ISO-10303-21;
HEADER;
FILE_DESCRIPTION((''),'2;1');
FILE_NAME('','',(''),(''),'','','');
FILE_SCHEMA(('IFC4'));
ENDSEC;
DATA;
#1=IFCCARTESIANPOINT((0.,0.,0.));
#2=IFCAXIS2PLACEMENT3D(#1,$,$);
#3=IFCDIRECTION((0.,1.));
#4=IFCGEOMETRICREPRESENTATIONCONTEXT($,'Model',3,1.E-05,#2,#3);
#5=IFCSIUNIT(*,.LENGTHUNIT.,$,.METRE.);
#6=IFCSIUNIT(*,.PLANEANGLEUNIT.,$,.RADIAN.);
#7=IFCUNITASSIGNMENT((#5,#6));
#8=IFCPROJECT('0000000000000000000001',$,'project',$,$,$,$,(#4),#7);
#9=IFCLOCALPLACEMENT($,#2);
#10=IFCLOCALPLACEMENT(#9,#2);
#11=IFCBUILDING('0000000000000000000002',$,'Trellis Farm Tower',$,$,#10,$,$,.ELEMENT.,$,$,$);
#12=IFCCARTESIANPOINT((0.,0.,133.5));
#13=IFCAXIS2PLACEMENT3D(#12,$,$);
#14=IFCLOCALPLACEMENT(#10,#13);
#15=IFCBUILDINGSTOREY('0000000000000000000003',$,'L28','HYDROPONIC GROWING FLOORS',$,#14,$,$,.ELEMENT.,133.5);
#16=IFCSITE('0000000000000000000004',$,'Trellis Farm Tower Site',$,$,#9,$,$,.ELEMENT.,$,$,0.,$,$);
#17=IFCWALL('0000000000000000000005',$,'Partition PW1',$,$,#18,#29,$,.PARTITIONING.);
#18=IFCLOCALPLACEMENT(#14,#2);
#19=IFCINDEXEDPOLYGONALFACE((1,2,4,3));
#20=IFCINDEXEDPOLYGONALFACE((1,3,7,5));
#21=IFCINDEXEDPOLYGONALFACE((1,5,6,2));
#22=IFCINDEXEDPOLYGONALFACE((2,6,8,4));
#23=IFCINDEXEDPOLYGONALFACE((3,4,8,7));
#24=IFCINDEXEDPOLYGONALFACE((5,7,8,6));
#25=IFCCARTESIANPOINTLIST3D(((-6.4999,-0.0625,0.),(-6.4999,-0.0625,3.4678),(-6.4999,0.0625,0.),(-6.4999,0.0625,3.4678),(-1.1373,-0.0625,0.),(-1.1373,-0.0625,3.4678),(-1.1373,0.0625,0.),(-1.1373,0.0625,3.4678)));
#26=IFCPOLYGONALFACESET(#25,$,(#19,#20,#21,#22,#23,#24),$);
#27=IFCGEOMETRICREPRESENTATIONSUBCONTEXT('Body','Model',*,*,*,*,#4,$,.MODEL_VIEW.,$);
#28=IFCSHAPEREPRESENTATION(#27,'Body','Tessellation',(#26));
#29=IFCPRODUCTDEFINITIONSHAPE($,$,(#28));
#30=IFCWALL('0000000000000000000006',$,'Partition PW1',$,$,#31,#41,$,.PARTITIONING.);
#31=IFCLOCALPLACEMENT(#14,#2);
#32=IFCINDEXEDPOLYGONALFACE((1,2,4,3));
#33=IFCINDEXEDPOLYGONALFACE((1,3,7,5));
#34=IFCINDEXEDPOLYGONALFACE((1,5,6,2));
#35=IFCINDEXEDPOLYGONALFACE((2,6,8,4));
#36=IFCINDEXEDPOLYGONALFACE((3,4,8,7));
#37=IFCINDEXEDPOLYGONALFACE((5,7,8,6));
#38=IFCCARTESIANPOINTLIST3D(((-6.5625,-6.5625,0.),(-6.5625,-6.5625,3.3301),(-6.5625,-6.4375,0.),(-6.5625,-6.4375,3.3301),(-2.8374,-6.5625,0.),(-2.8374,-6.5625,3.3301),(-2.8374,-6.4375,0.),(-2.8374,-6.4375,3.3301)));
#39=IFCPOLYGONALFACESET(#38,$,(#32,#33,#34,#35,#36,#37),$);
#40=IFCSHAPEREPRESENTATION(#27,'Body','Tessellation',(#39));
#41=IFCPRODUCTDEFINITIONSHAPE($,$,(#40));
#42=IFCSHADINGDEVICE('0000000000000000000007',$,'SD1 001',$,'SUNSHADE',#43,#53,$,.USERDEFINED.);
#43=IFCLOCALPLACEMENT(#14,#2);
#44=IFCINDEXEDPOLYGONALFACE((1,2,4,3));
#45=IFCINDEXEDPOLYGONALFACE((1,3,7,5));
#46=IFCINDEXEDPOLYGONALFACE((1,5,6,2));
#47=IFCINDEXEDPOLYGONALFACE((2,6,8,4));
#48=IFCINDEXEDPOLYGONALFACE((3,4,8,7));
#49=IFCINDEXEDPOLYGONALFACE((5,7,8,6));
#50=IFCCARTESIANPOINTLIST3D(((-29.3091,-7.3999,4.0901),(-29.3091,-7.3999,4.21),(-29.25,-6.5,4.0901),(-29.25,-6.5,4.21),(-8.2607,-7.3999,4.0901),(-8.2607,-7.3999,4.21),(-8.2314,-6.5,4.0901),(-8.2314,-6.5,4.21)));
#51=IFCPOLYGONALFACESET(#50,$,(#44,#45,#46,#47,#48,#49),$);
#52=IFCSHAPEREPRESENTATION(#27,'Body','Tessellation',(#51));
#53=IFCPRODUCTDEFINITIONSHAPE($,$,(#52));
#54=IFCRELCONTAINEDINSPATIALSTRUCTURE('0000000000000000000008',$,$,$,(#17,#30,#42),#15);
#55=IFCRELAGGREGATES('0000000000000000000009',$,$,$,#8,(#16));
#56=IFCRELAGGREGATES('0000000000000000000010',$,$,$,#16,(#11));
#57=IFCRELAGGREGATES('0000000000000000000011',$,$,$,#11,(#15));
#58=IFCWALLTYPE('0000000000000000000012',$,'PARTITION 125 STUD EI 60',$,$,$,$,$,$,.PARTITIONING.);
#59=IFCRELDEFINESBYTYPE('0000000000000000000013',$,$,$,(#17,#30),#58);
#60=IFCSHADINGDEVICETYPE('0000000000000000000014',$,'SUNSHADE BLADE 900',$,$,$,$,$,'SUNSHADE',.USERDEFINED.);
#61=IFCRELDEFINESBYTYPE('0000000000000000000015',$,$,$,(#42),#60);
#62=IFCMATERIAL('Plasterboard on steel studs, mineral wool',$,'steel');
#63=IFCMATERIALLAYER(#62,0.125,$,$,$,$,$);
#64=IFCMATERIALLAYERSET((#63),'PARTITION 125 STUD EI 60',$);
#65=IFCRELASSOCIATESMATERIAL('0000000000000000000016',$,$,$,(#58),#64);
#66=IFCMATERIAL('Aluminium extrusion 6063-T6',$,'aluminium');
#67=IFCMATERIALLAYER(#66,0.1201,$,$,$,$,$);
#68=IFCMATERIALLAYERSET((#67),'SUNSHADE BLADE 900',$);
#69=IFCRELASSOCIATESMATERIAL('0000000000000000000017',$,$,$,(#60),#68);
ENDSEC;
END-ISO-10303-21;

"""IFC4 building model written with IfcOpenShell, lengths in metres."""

from ifc_helpers import new_model, si_unit, direction, frame, frame_2d, origin, place, context, subcontext, project, spatial, polyline, rectangle, outline, extrude, source, transform, mapped, material, layer, layer_set, type_object, element, save


model = new_model("IFC4")

# Units and contexts
model_context = context("Model", 3, precision=1e-05, world=origin(), true_north=direction((0.0, 1.0)))
body_context = subcontext(model_context, "Body", "Model", "MODEL_VIEW")
ifc_project = project(units=[si_unit("LENGTHUNIT", "METRE"), si_unit("PLANEANGLEUNIT", "RADIAN")], contexts=[model_context])

# Site, building, storey
site_placement = place(None, origin())
site = spatial("IfcSite", under=ifc_project, at=site_placement, Name="Trellis Farm Tower Site", CompositionType="ELEMENT", RefElevation=0.0)
building_placement = place(site_placement, origin())
building = spatial("IfcBuilding", under=site, at=building_placement, Name="Trellis Farm Tower", CompositionType="ELEMENT")
storey_placement = place(building_placement, frame((0.0, 0.0, 133.5)))
storey = spatial("IfcBuildingStorey", under=building, at=storey_placement, Name="L28", Description="HYDROPONIC GROWING FLOORS", CompositionType="ELEMENT", Elevation=133.5)

# Shared definitions
ifc_material_1 = material(Name="Aluminium extrusion 6063-T6", Category="aluminium")

# Shared definitions
ifc_material_2 = material(Name="Plasterboard on steel studs, mineral wool", Category="steel")
ifc_layer_1 = layer(ifc_material_2, 0.125)
ifc_layer_set_1 = layer_set([ifc_layer_1], Name="PARTITION 125 STUD EI 60")
wall_type = type_object("IfcWallType", Name="PARTITION 125 STUD EI 60", PredefinedType="PARTITIONING", material=ifc_layer_set_1)

# Shared definitions
shared_shape_1 = source(origin(), body_context, "Body", "SweptSolid", [
    extrude(rectangle(XDim=5.3625, YDim=0.125, at=frame_2d((2.6812, 0.0))), origin(), (0.0, 0.0, 1.0), 3.4678),
])

# Walls
wall_1_placement = place(storey_placement, frame((-1.1375, 0.0, 0.0), z_axis=(0.0, 0.0, 1.0), x_axis=(-1.0, 0.0, 0.0)))
element("IfcWall", 1, at=wall_1_placement, inside=storey, type_object=wall_type, Name="Partition PW1", PredefinedType="PARTITIONING", context=body_context, shape_type="MappedRepresentation", body=[
    mapped(shared_shape_1, transform((0.0, 0.0, 0.0))),
])
shared_shape_2 = source(origin(), body_context, "Body", "SweptSolid", [
    extrude(rectangle(XDim=3.7251, YDim=0.125, at=frame_2d((1.8625, 0.0))), origin(), (0.0, 0.0, 1.0), 3.3301),
])
wall_2_placement = place(storey_placement, frame((-2.8374, -6.5, 0.0), z_axis=(0.0, 0.0, 1.0), x_axis=(-1.0, 0.0, 0.0)))
element("IfcWall", 2, at=wall_2_placement, inside=storey, type_object=wall_type, Name="Partition PW1", PredefinedType="PARTITIONING", context=body_context, shape_type="MappedRepresentation", body=[
    mapped(shared_shape_2, transform((0.0, 0.0, 0.0))),
])

# Shading device
ifc_layer_2 = layer(ifc_material_1, 0.1201)
ifc_layer_set_2 = layer_set([ifc_layer_2], Name="SUNSHADE BLADE 900")
shading_device_type = type_object("IfcShadingDeviceType", Name="SUNSHADE BLADE 900", ElementType="SUNSHADE", PredefinedType="USERDEFINED", material=ifc_layer_set_2)
shared_shape_3 = source(origin(), body_context, "Body", "SweptSolid", [
    extrude(outline(polyline([(-29.3091, -7.3999), (-8.2607, -7.3999), (-8.2314, -6.5), (-29.25, -6.5), (-29.3091, -7.3999)])), origin(), (0.0, 0.0, 1.0), 0.1199),
])
shading_device_placement = place(storey_placement, frame((0.0, 0.0, 4.0901)))
element("IfcShadingDevice", 3, at=shading_device_placement, inside=storey, type_object=shading_device_type, Name="SD1 001", ObjectType="SUNSHADE", PredefinedType="USERDEFINED", context=body_context, shape_type="MappedRepresentation", body=[
    mapped(shared_shape_3, transform((0.0, 0.0, 0.0))),
])

save(model, "model.ifc")
